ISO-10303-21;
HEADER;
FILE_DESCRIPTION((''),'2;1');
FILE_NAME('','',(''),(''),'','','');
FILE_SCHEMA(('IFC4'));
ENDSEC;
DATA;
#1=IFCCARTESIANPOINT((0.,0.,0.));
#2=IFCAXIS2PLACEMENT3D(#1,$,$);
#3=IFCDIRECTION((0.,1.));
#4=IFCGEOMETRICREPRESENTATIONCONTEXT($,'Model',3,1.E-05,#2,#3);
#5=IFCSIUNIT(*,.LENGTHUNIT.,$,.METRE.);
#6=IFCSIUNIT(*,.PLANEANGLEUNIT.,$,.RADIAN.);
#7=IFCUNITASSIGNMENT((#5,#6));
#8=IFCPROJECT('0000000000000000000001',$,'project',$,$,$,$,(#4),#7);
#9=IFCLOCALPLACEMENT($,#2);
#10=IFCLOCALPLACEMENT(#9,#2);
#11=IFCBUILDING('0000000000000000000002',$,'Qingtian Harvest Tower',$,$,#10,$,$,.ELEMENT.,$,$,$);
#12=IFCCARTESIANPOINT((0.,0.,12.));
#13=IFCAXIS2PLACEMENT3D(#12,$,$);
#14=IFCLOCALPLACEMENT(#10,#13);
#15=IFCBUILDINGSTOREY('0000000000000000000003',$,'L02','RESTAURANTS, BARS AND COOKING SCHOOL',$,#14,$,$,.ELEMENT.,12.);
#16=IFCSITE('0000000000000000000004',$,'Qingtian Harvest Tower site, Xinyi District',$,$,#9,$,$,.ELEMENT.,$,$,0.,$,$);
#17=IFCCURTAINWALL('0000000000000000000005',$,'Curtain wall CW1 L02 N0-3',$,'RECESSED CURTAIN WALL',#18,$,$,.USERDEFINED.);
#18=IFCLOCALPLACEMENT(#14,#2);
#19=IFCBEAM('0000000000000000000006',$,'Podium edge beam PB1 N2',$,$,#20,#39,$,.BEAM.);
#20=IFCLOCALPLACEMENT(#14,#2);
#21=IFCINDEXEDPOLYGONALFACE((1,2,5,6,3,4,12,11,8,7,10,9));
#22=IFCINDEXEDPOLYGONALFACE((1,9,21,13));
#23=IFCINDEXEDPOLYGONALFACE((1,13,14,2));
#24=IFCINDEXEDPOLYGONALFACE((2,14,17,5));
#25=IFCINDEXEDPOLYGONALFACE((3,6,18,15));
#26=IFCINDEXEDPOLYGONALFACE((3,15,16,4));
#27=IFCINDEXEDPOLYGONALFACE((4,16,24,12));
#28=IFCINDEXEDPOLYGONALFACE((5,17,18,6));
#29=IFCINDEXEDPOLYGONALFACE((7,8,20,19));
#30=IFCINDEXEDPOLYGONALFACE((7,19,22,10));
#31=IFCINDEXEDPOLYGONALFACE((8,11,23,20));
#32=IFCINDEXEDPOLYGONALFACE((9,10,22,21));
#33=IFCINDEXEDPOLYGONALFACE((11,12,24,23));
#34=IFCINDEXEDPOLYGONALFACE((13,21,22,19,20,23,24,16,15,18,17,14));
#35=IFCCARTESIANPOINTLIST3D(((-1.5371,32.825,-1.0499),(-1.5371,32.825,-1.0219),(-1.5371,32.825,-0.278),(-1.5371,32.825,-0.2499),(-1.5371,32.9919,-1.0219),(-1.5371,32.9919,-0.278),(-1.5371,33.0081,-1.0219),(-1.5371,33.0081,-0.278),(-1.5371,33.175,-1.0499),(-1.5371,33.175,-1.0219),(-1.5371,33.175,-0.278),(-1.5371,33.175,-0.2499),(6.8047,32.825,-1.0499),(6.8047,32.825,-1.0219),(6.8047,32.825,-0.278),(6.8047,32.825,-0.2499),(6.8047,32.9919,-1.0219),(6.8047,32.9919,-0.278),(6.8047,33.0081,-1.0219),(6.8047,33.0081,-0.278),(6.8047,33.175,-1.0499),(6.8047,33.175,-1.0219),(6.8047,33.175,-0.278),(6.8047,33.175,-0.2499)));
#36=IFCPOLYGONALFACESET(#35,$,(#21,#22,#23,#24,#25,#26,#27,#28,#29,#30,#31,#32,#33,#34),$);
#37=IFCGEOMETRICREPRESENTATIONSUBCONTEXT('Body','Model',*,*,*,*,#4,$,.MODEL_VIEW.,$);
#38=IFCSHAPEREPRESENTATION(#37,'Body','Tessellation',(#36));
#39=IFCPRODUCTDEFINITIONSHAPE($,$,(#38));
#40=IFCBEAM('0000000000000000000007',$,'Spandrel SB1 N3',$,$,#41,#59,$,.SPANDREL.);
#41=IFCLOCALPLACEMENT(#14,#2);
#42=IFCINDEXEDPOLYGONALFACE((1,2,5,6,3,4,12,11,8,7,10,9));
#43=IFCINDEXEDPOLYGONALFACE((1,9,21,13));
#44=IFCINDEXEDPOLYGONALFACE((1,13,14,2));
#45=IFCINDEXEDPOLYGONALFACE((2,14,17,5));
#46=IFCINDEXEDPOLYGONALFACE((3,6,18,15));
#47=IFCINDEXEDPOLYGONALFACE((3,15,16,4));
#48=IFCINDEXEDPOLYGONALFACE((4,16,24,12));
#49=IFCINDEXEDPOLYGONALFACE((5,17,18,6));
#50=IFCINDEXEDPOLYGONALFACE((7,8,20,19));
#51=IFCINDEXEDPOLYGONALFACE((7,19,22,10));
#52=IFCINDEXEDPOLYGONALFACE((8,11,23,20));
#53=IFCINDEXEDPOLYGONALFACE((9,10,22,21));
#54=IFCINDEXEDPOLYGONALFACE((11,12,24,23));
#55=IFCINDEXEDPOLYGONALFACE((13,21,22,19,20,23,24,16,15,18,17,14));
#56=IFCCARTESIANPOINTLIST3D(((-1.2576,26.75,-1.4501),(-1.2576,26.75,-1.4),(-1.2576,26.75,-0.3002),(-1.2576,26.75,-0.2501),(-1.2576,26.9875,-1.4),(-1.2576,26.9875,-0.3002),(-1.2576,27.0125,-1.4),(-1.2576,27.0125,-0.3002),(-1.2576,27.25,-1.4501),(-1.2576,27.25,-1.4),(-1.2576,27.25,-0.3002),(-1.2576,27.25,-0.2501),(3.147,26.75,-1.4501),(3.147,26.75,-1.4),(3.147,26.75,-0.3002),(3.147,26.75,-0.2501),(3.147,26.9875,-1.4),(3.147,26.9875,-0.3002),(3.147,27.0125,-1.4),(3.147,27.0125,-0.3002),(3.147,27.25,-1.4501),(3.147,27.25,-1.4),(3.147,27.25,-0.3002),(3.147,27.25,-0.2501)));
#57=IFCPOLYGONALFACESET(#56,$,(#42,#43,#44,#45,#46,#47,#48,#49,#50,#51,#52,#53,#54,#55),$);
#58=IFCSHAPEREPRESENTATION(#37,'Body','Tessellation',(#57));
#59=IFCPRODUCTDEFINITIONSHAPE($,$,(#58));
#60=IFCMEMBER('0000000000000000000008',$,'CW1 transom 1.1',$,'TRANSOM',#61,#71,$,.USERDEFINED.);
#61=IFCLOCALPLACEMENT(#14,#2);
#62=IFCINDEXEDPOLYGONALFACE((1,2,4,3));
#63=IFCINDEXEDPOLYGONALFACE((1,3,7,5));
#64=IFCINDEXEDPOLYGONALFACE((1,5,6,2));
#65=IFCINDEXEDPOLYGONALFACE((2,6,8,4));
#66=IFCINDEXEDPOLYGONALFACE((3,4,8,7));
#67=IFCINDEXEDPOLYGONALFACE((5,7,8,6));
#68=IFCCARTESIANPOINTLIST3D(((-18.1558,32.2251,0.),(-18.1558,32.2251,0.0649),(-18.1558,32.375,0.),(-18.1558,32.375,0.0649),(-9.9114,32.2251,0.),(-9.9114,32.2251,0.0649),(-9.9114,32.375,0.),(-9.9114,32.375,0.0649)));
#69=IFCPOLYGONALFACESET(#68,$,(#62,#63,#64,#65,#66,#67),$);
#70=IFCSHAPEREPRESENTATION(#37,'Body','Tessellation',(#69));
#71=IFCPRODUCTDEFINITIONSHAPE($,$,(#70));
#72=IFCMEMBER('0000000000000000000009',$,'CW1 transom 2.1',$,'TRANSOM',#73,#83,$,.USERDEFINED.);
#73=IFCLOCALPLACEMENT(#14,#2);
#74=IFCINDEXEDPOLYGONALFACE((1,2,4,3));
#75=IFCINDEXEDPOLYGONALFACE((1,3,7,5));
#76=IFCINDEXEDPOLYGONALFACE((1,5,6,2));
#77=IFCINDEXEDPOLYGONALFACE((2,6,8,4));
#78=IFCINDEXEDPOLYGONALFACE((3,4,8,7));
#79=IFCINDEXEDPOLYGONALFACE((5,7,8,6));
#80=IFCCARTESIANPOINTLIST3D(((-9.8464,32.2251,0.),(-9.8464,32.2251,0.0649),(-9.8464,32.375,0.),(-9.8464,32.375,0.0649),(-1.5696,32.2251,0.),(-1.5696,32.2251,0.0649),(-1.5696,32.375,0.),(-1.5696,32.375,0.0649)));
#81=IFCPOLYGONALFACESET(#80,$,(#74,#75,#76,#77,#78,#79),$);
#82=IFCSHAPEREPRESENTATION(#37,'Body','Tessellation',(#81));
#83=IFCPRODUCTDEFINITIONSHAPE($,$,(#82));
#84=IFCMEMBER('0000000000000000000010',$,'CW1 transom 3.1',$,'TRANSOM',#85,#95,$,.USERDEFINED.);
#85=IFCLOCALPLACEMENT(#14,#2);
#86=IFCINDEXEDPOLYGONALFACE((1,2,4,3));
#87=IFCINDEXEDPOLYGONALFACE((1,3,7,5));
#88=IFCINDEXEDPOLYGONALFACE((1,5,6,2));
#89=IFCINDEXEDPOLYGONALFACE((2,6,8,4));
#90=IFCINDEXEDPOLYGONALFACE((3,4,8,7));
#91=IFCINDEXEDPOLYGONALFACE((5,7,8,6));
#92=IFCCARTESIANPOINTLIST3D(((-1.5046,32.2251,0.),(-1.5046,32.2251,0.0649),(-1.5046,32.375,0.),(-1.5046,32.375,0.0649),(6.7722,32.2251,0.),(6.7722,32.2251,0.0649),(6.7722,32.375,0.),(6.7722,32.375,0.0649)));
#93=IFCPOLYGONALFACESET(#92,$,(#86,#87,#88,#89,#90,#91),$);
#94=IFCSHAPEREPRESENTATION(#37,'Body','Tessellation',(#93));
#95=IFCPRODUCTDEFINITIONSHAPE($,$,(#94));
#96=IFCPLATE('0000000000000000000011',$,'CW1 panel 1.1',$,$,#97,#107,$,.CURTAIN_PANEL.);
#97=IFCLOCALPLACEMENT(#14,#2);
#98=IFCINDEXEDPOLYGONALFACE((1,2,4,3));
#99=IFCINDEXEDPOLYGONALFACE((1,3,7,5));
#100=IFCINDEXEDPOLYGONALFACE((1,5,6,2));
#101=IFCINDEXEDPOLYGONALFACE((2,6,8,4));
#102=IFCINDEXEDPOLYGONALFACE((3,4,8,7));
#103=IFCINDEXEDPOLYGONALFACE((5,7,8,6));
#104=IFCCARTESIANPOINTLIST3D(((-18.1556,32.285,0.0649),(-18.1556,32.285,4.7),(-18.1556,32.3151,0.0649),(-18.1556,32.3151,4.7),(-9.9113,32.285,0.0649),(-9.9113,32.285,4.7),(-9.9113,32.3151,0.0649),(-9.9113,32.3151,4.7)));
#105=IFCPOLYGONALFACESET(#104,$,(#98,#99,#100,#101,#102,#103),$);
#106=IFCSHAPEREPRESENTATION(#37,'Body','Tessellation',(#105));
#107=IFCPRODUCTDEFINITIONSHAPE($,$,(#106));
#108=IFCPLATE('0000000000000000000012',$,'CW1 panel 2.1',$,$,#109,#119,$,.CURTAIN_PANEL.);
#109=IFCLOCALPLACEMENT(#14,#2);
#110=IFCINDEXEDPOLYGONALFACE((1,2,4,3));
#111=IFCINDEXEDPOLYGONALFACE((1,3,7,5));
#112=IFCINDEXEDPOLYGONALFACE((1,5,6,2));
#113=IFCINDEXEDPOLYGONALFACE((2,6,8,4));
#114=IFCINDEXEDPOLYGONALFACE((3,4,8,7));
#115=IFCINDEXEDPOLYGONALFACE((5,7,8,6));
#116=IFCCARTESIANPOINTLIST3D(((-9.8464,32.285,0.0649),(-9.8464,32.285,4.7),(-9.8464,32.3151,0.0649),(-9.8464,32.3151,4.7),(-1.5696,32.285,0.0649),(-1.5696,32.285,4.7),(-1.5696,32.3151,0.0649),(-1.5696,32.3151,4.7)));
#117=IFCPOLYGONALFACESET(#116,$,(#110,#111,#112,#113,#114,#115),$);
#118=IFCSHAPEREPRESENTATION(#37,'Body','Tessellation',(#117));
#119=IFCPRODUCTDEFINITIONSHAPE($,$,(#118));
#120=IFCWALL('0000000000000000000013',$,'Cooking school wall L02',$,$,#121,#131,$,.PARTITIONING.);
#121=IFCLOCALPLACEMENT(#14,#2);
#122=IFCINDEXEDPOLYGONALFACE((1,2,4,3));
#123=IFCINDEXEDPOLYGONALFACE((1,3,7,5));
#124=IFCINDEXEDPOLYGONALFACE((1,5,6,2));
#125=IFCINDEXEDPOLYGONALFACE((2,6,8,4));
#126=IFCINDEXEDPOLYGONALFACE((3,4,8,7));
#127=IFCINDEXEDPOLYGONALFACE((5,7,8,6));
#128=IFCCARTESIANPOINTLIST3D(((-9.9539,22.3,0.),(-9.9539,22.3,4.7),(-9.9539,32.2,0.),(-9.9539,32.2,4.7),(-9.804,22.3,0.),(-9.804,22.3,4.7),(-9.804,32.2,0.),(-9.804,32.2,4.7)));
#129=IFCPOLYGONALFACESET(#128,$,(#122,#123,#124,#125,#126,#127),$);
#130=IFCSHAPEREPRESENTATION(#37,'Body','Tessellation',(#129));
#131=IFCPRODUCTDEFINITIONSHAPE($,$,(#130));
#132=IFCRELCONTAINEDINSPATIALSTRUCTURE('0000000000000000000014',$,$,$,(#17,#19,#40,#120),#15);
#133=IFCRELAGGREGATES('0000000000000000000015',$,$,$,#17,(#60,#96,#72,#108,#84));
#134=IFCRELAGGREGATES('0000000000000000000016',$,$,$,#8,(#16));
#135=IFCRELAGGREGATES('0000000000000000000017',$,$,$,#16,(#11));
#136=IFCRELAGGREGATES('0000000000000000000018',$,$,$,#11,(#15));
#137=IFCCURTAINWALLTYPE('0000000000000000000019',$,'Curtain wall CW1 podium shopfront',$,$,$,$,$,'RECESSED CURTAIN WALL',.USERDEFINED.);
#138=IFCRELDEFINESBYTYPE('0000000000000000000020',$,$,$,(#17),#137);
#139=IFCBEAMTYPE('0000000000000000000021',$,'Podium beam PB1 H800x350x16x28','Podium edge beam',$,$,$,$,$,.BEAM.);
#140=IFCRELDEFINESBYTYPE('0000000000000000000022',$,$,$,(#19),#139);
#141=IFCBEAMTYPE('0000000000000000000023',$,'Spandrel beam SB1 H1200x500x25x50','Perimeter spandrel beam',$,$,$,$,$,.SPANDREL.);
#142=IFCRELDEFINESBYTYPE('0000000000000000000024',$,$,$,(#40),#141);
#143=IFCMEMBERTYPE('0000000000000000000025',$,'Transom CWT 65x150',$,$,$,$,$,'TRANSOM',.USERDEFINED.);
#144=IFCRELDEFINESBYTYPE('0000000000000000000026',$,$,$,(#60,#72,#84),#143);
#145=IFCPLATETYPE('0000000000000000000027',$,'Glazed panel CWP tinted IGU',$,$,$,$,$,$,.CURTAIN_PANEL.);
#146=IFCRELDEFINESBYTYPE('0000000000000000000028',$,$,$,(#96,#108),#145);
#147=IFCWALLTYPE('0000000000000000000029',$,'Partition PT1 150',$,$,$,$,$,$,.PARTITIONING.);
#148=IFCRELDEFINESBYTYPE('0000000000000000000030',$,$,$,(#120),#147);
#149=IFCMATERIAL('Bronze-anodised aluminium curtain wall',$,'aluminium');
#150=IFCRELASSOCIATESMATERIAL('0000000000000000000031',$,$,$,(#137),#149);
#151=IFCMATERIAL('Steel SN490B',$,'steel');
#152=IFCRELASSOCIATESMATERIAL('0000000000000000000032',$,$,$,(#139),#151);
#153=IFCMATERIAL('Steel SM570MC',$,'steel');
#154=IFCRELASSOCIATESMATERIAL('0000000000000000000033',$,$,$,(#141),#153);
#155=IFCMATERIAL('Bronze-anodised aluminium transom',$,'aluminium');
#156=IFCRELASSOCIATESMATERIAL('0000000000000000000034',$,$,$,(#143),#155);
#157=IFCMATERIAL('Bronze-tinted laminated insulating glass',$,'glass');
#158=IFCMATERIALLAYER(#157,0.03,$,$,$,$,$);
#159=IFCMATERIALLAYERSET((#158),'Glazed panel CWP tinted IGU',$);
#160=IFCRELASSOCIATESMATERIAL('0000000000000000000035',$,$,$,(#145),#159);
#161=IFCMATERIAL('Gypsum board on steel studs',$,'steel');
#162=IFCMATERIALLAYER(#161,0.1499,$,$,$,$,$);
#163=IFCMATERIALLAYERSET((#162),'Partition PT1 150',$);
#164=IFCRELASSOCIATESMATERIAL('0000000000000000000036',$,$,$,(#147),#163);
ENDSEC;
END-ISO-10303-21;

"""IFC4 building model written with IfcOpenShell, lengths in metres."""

from ifc_helpers import new_model, si_unit, direction, frame, frame_2d, origin, origin_2d, place, context, subcontext, project, spatial, rectangle, i_section, extrude, material, layer, layer_set, material_profile, profile_set, type_object, element, aggregate, save


model = new_model("IFC4")

# Units and contexts
model_context = context("Model", 3, precision=1e-05, world=origin(), true_north=direction((0.0, 1.0)))
body_context = subcontext(model_context, "Body", "Model", "MODEL_VIEW")
ifc_project = project(units=[si_unit("LENGTHUNIT", "METRE"), si_unit("PLANEANGLEUNIT", "RADIAN")], contexts=[model_context])

# Site, building, storey
site_placement = place(None, origin())
site = spatial("IfcSite", under=ifc_project, at=site_placement, Name="Qingtian Harvest Tower site, Xinyi District", CompositionType="ELEMENT", RefElevation=0.0)
building_placement = place(site_placement, origin())
building = spatial("IfcBuilding", under=site, at=building_placement, Name="Qingtian Harvest Tower", CompositionType="ELEMENT")
storey_placement = place(building_placement, frame((0.0, 0.0, 12.0)))
storey = spatial("IfcBuildingStorey", under=building, at=storey_placement, Name="L02", Description="RESTAURANTS, BARS AND COOKING SCHOOL", CompositionType="ELEMENT", Elevation=12.0)

# Curtain wall
ifc_material_1 = material(Name="Bronze-anodised aluminium curtain wall", Category="aluminium")
curtain_wall_type = type_object("IfcCurtainWallType", Name="Curtain wall CW1 podium shopfront", ElementType="RECESSED CURTAIN WALL", PredefinedType="USERDEFINED", material=ifc_material_1)
curtain_wall_placement = place(storey_placement, origin())
curtain_wall = element("IfcCurtainWall", 1, at=curtain_wall_placement, inside=storey, type_object=curtain_wall_type, Name="Curtain wall CW1 L02 N0-3", ObjectType="RECESSED CURTAIN WALL", PredefinedType="USERDEFINED")

# Beams
ifc_material_2 = material(Name="Steel SN490B", Category="steel")
ifc_material_profile_1 = material_profile(ifc_material_2, i_section(OverallWidth=0.3501, OverallDepth=0.8, WebThickness=0.0161, FlangeThickness=0.0281, at=origin_2d()), Name="H800x350x16x28")
ifc_profile_set_1 = profile_set([ifc_material_profile_1], Name="Steel SN490B")
beam_type_1 = type_object("IfcBeamType", Name="Podium beam PB1 H800x350x16x28", Description="Podium edge beam", PredefinedType="BEAM", material=ifc_profile_set_1)
for number, where, z_axis, x_axis, name in (
    (2, (-1.5371, 33.0, -0.6499), (1.0, 0.0, 0.0), (0.0, 1.0, 0.0), "Podium edge beam PB1 N2"),
):
    element("IfcBeam", number, at=place(storey_placement, frame(where, z_axis=z_axis, x_axis=x_axis)), inside=storey, type_object=beam_type_1, Name=name, PredefinedType="BEAM", context=body_context, shape_type="SweptSolid", body=[
        extrude(i_section(OverallWidth=0.3501, OverallDepth=0.8, WebThickness=0.0161, FlangeThickness=0.0281, at=origin_2d()), origin(), (0.0, 0.0, 1.0), 8.3418),
    ])
ifc_material_3 = material(Name="Steel SM570MC", Category="steel")
ifc_material_profile_2 = material_profile(ifc_material_3, i_section(OverallWidth=0.5, OverallDepth=1.2, WebThickness=0.0249, FlangeThickness=0.05, at=origin_2d()), Name="H1200x500x25x50")
ifc_profile_set_2 = profile_set([ifc_material_profile_2], Name="Steel SM570MC")
beam_type_2 = type_object("IfcBeamType", Name="Spandrel beam SB1 H1200x500x25x50", Description="Perimeter spandrel beam", PredefinedType="SPANDREL", material=ifc_profile_set_2)
beam_1_placement = place(storey_placement, frame((-1.2576, 27.0, -0.8501), z_axis=(1.0, 0.0, 0.0), x_axis=(0.0, 1.0, 0.0)))
element("IfcBeam", 3, at=beam_1_placement, inside=storey, type_object=beam_type_2, Name="Spandrel SB1 N3", PredefinedType="SPANDREL", context=body_context, shape_type="SweptSolid", body=[
    extrude(i_section(OverallWidth=0.5, OverallDepth=1.2, WebThickness=0.0249, FlangeThickness=0.05, at=origin_2d()), origin(), (0.0, 0.0, 1.0), 4.4045),
])

# Members
ifc_material_4 = material(Name="Bronze-anodised aluminium transom", Category="aluminium")
ifc_material_profile_3 = material_profile(ifc_material_4, rectangle(XDim=0.1499, YDim=0.0649, at=origin_2d()), Name="AL 65x150")
ifc_profile_set_3 = profile_set([ifc_material_profile_3], Name="Bronze-anodised aluminium transom")
member_type_1 = type_object("IfcMemberType", Name="Transom CWT 65x150", ElementType="TRANSOM", PredefinedType="USERDEFINED", material=ifc_profile_set_3)
member_1_placement = place(storey_placement, frame((-18.1558, 32.3, 0.0325), z_axis=(1.0, 0.0, 0.0), x_axis=(0.0, 1.0, 0.0)))
member_1 = element("IfcMember", 4, at=member_1_placement, type_object=member_type_1, Name="CW1 transom 1.1", ObjectType="TRANSOM", PredefinedType="USERDEFINED", context=body_context, shape_type="SweptSolid", body=[
    extrude(rectangle(XDim=0.1499, YDim=0.0649, at=origin_2d()), origin(), (0.0, 0.0, 1.0), 8.2444),
])
member_2_placement = place(storey_placement, frame((-9.8464, 32.3, 0.0325), z_axis=(1.0, 0.0, 0.0), x_axis=(0.0, 1.0, 0.0)))
member_2 = element("IfcMember", 5, at=member_2_placement, type_object=member_type_1, Name="CW1 transom 2.1", ObjectType="TRANSOM", PredefinedType="USERDEFINED", context=body_context, shape_type="SweptSolid", body=[
    extrude(rectangle(XDim=0.1499, YDim=0.0649, at=origin_2d()), origin(), (0.0, 0.0, 1.0), 8.2769),
])
member_3_placement = place(storey_placement, frame((-1.5046, 32.3, 0.0325), z_axis=(1.0, 0.0, 0.0), x_axis=(0.0, 1.0, 0.0)))
member_3 = element("IfcMember", 6, at=member_3_placement, type_object=member_type_1, Name="CW1 transom 3.1", ObjectType="TRANSOM", PredefinedType="USERDEFINED", context=body_context, shape_type="SweptSolid", body=[
    extrude(rectangle(XDim=0.1499, YDim=0.0649, at=origin_2d()), origin(), (0.0, 0.0, 1.0), 8.2769),
])

# Plates
ifc_material_5 = material(Name="Bronze-tinted laminated insulating glass", Category="glass")
ifc_layer_1 = layer(ifc_material_5, 0.03)
ifc_layer_set_1 = layer_set([ifc_layer_1], Name="Glazed panel CWP tinted IGU")
plate_type = type_object("IfcPlateType", Name="Glazed panel CWP tinted IGU", PredefinedType="CURTAIN_PANEL", material=ifc_layer_set_1)
plate_1_placement = place(storey_placement, frame((-14.0334, 32.3, 0.0649), z_axis=(0.0, 0.0, 1.0), x_axis=(1.0, 0.0, 0.0)))
plate_1 = element("IfcPlate", 7, at=plate_1_placement, type_object=plate_type, Name="CW1 panel 1.1", PredefinedType="CURTAIN_PANEL", context=body_context, shape_type="SweptSolid", body=[
    extrude(rectangle(XDim=8.2444, YDim=0.03, at=origin_2d()), origin(), (0.0, 0.0, 1.0), 4.635),
])
plate_2_placement = place(storey_placement, frame((-5.708, 32.3, 0.0649), z_axis=(0.0, 0.0, 1.0), x_axis=(1.0, 0.0, 0.0)))
plate_2 = element("IfcPlate", 8, at=plate_2_placement, type_object=plate_type, Name="CW1 panel 2.1", PredefinedType="CURTAIN_PANEL", context=body_context, shape_type="SweptSolid", body=[
    extrude(rectangle(XDim=8.2769, YDim=0.03, at=origin_2d()), origin(), (0.0, 0.0, 1.0), 4.635),
])
aggregate(curtain_wall, [member_1, plate_1, member_2, plate_2, member_3])

# Wall
ifc_material_6 = material(Name="Gypsum board on steel studs", Category="steel")
ifc_layer_2 = layer(ifc_material_6, 0.1499)
ifc_layer_set_2 = layer_set([ifc_layer_2], Name="Partition PT1 150")
wall_type = type_object("IfcWallType", Name="Partition PT1 150", PredefinedType="PARTITIONING", material=ifc_layer_set_2)
wall_placement = place(storey_placement, frame((-9.8789, 32.2, 0.0), z_axis=(0.0, 0.0, 1.0), x_axis=(0.0, -1.0, 0.0)))
element("IfcWall", 9, at=wall_placement, inside=storey, type_object=wall_type, Name="Cooking school wall L02", PredefinedType="PARTITIONING", context=body_context, shape_type="SweptSolid", body=[
    extrude(rectangle(XDim=9.8999, YDim=0.1499, at=frame_2d((4.95, 0.0))), origin(), (0.0, 0.0, 1.0), 4.7),
])

save(model, "model.ifc")
